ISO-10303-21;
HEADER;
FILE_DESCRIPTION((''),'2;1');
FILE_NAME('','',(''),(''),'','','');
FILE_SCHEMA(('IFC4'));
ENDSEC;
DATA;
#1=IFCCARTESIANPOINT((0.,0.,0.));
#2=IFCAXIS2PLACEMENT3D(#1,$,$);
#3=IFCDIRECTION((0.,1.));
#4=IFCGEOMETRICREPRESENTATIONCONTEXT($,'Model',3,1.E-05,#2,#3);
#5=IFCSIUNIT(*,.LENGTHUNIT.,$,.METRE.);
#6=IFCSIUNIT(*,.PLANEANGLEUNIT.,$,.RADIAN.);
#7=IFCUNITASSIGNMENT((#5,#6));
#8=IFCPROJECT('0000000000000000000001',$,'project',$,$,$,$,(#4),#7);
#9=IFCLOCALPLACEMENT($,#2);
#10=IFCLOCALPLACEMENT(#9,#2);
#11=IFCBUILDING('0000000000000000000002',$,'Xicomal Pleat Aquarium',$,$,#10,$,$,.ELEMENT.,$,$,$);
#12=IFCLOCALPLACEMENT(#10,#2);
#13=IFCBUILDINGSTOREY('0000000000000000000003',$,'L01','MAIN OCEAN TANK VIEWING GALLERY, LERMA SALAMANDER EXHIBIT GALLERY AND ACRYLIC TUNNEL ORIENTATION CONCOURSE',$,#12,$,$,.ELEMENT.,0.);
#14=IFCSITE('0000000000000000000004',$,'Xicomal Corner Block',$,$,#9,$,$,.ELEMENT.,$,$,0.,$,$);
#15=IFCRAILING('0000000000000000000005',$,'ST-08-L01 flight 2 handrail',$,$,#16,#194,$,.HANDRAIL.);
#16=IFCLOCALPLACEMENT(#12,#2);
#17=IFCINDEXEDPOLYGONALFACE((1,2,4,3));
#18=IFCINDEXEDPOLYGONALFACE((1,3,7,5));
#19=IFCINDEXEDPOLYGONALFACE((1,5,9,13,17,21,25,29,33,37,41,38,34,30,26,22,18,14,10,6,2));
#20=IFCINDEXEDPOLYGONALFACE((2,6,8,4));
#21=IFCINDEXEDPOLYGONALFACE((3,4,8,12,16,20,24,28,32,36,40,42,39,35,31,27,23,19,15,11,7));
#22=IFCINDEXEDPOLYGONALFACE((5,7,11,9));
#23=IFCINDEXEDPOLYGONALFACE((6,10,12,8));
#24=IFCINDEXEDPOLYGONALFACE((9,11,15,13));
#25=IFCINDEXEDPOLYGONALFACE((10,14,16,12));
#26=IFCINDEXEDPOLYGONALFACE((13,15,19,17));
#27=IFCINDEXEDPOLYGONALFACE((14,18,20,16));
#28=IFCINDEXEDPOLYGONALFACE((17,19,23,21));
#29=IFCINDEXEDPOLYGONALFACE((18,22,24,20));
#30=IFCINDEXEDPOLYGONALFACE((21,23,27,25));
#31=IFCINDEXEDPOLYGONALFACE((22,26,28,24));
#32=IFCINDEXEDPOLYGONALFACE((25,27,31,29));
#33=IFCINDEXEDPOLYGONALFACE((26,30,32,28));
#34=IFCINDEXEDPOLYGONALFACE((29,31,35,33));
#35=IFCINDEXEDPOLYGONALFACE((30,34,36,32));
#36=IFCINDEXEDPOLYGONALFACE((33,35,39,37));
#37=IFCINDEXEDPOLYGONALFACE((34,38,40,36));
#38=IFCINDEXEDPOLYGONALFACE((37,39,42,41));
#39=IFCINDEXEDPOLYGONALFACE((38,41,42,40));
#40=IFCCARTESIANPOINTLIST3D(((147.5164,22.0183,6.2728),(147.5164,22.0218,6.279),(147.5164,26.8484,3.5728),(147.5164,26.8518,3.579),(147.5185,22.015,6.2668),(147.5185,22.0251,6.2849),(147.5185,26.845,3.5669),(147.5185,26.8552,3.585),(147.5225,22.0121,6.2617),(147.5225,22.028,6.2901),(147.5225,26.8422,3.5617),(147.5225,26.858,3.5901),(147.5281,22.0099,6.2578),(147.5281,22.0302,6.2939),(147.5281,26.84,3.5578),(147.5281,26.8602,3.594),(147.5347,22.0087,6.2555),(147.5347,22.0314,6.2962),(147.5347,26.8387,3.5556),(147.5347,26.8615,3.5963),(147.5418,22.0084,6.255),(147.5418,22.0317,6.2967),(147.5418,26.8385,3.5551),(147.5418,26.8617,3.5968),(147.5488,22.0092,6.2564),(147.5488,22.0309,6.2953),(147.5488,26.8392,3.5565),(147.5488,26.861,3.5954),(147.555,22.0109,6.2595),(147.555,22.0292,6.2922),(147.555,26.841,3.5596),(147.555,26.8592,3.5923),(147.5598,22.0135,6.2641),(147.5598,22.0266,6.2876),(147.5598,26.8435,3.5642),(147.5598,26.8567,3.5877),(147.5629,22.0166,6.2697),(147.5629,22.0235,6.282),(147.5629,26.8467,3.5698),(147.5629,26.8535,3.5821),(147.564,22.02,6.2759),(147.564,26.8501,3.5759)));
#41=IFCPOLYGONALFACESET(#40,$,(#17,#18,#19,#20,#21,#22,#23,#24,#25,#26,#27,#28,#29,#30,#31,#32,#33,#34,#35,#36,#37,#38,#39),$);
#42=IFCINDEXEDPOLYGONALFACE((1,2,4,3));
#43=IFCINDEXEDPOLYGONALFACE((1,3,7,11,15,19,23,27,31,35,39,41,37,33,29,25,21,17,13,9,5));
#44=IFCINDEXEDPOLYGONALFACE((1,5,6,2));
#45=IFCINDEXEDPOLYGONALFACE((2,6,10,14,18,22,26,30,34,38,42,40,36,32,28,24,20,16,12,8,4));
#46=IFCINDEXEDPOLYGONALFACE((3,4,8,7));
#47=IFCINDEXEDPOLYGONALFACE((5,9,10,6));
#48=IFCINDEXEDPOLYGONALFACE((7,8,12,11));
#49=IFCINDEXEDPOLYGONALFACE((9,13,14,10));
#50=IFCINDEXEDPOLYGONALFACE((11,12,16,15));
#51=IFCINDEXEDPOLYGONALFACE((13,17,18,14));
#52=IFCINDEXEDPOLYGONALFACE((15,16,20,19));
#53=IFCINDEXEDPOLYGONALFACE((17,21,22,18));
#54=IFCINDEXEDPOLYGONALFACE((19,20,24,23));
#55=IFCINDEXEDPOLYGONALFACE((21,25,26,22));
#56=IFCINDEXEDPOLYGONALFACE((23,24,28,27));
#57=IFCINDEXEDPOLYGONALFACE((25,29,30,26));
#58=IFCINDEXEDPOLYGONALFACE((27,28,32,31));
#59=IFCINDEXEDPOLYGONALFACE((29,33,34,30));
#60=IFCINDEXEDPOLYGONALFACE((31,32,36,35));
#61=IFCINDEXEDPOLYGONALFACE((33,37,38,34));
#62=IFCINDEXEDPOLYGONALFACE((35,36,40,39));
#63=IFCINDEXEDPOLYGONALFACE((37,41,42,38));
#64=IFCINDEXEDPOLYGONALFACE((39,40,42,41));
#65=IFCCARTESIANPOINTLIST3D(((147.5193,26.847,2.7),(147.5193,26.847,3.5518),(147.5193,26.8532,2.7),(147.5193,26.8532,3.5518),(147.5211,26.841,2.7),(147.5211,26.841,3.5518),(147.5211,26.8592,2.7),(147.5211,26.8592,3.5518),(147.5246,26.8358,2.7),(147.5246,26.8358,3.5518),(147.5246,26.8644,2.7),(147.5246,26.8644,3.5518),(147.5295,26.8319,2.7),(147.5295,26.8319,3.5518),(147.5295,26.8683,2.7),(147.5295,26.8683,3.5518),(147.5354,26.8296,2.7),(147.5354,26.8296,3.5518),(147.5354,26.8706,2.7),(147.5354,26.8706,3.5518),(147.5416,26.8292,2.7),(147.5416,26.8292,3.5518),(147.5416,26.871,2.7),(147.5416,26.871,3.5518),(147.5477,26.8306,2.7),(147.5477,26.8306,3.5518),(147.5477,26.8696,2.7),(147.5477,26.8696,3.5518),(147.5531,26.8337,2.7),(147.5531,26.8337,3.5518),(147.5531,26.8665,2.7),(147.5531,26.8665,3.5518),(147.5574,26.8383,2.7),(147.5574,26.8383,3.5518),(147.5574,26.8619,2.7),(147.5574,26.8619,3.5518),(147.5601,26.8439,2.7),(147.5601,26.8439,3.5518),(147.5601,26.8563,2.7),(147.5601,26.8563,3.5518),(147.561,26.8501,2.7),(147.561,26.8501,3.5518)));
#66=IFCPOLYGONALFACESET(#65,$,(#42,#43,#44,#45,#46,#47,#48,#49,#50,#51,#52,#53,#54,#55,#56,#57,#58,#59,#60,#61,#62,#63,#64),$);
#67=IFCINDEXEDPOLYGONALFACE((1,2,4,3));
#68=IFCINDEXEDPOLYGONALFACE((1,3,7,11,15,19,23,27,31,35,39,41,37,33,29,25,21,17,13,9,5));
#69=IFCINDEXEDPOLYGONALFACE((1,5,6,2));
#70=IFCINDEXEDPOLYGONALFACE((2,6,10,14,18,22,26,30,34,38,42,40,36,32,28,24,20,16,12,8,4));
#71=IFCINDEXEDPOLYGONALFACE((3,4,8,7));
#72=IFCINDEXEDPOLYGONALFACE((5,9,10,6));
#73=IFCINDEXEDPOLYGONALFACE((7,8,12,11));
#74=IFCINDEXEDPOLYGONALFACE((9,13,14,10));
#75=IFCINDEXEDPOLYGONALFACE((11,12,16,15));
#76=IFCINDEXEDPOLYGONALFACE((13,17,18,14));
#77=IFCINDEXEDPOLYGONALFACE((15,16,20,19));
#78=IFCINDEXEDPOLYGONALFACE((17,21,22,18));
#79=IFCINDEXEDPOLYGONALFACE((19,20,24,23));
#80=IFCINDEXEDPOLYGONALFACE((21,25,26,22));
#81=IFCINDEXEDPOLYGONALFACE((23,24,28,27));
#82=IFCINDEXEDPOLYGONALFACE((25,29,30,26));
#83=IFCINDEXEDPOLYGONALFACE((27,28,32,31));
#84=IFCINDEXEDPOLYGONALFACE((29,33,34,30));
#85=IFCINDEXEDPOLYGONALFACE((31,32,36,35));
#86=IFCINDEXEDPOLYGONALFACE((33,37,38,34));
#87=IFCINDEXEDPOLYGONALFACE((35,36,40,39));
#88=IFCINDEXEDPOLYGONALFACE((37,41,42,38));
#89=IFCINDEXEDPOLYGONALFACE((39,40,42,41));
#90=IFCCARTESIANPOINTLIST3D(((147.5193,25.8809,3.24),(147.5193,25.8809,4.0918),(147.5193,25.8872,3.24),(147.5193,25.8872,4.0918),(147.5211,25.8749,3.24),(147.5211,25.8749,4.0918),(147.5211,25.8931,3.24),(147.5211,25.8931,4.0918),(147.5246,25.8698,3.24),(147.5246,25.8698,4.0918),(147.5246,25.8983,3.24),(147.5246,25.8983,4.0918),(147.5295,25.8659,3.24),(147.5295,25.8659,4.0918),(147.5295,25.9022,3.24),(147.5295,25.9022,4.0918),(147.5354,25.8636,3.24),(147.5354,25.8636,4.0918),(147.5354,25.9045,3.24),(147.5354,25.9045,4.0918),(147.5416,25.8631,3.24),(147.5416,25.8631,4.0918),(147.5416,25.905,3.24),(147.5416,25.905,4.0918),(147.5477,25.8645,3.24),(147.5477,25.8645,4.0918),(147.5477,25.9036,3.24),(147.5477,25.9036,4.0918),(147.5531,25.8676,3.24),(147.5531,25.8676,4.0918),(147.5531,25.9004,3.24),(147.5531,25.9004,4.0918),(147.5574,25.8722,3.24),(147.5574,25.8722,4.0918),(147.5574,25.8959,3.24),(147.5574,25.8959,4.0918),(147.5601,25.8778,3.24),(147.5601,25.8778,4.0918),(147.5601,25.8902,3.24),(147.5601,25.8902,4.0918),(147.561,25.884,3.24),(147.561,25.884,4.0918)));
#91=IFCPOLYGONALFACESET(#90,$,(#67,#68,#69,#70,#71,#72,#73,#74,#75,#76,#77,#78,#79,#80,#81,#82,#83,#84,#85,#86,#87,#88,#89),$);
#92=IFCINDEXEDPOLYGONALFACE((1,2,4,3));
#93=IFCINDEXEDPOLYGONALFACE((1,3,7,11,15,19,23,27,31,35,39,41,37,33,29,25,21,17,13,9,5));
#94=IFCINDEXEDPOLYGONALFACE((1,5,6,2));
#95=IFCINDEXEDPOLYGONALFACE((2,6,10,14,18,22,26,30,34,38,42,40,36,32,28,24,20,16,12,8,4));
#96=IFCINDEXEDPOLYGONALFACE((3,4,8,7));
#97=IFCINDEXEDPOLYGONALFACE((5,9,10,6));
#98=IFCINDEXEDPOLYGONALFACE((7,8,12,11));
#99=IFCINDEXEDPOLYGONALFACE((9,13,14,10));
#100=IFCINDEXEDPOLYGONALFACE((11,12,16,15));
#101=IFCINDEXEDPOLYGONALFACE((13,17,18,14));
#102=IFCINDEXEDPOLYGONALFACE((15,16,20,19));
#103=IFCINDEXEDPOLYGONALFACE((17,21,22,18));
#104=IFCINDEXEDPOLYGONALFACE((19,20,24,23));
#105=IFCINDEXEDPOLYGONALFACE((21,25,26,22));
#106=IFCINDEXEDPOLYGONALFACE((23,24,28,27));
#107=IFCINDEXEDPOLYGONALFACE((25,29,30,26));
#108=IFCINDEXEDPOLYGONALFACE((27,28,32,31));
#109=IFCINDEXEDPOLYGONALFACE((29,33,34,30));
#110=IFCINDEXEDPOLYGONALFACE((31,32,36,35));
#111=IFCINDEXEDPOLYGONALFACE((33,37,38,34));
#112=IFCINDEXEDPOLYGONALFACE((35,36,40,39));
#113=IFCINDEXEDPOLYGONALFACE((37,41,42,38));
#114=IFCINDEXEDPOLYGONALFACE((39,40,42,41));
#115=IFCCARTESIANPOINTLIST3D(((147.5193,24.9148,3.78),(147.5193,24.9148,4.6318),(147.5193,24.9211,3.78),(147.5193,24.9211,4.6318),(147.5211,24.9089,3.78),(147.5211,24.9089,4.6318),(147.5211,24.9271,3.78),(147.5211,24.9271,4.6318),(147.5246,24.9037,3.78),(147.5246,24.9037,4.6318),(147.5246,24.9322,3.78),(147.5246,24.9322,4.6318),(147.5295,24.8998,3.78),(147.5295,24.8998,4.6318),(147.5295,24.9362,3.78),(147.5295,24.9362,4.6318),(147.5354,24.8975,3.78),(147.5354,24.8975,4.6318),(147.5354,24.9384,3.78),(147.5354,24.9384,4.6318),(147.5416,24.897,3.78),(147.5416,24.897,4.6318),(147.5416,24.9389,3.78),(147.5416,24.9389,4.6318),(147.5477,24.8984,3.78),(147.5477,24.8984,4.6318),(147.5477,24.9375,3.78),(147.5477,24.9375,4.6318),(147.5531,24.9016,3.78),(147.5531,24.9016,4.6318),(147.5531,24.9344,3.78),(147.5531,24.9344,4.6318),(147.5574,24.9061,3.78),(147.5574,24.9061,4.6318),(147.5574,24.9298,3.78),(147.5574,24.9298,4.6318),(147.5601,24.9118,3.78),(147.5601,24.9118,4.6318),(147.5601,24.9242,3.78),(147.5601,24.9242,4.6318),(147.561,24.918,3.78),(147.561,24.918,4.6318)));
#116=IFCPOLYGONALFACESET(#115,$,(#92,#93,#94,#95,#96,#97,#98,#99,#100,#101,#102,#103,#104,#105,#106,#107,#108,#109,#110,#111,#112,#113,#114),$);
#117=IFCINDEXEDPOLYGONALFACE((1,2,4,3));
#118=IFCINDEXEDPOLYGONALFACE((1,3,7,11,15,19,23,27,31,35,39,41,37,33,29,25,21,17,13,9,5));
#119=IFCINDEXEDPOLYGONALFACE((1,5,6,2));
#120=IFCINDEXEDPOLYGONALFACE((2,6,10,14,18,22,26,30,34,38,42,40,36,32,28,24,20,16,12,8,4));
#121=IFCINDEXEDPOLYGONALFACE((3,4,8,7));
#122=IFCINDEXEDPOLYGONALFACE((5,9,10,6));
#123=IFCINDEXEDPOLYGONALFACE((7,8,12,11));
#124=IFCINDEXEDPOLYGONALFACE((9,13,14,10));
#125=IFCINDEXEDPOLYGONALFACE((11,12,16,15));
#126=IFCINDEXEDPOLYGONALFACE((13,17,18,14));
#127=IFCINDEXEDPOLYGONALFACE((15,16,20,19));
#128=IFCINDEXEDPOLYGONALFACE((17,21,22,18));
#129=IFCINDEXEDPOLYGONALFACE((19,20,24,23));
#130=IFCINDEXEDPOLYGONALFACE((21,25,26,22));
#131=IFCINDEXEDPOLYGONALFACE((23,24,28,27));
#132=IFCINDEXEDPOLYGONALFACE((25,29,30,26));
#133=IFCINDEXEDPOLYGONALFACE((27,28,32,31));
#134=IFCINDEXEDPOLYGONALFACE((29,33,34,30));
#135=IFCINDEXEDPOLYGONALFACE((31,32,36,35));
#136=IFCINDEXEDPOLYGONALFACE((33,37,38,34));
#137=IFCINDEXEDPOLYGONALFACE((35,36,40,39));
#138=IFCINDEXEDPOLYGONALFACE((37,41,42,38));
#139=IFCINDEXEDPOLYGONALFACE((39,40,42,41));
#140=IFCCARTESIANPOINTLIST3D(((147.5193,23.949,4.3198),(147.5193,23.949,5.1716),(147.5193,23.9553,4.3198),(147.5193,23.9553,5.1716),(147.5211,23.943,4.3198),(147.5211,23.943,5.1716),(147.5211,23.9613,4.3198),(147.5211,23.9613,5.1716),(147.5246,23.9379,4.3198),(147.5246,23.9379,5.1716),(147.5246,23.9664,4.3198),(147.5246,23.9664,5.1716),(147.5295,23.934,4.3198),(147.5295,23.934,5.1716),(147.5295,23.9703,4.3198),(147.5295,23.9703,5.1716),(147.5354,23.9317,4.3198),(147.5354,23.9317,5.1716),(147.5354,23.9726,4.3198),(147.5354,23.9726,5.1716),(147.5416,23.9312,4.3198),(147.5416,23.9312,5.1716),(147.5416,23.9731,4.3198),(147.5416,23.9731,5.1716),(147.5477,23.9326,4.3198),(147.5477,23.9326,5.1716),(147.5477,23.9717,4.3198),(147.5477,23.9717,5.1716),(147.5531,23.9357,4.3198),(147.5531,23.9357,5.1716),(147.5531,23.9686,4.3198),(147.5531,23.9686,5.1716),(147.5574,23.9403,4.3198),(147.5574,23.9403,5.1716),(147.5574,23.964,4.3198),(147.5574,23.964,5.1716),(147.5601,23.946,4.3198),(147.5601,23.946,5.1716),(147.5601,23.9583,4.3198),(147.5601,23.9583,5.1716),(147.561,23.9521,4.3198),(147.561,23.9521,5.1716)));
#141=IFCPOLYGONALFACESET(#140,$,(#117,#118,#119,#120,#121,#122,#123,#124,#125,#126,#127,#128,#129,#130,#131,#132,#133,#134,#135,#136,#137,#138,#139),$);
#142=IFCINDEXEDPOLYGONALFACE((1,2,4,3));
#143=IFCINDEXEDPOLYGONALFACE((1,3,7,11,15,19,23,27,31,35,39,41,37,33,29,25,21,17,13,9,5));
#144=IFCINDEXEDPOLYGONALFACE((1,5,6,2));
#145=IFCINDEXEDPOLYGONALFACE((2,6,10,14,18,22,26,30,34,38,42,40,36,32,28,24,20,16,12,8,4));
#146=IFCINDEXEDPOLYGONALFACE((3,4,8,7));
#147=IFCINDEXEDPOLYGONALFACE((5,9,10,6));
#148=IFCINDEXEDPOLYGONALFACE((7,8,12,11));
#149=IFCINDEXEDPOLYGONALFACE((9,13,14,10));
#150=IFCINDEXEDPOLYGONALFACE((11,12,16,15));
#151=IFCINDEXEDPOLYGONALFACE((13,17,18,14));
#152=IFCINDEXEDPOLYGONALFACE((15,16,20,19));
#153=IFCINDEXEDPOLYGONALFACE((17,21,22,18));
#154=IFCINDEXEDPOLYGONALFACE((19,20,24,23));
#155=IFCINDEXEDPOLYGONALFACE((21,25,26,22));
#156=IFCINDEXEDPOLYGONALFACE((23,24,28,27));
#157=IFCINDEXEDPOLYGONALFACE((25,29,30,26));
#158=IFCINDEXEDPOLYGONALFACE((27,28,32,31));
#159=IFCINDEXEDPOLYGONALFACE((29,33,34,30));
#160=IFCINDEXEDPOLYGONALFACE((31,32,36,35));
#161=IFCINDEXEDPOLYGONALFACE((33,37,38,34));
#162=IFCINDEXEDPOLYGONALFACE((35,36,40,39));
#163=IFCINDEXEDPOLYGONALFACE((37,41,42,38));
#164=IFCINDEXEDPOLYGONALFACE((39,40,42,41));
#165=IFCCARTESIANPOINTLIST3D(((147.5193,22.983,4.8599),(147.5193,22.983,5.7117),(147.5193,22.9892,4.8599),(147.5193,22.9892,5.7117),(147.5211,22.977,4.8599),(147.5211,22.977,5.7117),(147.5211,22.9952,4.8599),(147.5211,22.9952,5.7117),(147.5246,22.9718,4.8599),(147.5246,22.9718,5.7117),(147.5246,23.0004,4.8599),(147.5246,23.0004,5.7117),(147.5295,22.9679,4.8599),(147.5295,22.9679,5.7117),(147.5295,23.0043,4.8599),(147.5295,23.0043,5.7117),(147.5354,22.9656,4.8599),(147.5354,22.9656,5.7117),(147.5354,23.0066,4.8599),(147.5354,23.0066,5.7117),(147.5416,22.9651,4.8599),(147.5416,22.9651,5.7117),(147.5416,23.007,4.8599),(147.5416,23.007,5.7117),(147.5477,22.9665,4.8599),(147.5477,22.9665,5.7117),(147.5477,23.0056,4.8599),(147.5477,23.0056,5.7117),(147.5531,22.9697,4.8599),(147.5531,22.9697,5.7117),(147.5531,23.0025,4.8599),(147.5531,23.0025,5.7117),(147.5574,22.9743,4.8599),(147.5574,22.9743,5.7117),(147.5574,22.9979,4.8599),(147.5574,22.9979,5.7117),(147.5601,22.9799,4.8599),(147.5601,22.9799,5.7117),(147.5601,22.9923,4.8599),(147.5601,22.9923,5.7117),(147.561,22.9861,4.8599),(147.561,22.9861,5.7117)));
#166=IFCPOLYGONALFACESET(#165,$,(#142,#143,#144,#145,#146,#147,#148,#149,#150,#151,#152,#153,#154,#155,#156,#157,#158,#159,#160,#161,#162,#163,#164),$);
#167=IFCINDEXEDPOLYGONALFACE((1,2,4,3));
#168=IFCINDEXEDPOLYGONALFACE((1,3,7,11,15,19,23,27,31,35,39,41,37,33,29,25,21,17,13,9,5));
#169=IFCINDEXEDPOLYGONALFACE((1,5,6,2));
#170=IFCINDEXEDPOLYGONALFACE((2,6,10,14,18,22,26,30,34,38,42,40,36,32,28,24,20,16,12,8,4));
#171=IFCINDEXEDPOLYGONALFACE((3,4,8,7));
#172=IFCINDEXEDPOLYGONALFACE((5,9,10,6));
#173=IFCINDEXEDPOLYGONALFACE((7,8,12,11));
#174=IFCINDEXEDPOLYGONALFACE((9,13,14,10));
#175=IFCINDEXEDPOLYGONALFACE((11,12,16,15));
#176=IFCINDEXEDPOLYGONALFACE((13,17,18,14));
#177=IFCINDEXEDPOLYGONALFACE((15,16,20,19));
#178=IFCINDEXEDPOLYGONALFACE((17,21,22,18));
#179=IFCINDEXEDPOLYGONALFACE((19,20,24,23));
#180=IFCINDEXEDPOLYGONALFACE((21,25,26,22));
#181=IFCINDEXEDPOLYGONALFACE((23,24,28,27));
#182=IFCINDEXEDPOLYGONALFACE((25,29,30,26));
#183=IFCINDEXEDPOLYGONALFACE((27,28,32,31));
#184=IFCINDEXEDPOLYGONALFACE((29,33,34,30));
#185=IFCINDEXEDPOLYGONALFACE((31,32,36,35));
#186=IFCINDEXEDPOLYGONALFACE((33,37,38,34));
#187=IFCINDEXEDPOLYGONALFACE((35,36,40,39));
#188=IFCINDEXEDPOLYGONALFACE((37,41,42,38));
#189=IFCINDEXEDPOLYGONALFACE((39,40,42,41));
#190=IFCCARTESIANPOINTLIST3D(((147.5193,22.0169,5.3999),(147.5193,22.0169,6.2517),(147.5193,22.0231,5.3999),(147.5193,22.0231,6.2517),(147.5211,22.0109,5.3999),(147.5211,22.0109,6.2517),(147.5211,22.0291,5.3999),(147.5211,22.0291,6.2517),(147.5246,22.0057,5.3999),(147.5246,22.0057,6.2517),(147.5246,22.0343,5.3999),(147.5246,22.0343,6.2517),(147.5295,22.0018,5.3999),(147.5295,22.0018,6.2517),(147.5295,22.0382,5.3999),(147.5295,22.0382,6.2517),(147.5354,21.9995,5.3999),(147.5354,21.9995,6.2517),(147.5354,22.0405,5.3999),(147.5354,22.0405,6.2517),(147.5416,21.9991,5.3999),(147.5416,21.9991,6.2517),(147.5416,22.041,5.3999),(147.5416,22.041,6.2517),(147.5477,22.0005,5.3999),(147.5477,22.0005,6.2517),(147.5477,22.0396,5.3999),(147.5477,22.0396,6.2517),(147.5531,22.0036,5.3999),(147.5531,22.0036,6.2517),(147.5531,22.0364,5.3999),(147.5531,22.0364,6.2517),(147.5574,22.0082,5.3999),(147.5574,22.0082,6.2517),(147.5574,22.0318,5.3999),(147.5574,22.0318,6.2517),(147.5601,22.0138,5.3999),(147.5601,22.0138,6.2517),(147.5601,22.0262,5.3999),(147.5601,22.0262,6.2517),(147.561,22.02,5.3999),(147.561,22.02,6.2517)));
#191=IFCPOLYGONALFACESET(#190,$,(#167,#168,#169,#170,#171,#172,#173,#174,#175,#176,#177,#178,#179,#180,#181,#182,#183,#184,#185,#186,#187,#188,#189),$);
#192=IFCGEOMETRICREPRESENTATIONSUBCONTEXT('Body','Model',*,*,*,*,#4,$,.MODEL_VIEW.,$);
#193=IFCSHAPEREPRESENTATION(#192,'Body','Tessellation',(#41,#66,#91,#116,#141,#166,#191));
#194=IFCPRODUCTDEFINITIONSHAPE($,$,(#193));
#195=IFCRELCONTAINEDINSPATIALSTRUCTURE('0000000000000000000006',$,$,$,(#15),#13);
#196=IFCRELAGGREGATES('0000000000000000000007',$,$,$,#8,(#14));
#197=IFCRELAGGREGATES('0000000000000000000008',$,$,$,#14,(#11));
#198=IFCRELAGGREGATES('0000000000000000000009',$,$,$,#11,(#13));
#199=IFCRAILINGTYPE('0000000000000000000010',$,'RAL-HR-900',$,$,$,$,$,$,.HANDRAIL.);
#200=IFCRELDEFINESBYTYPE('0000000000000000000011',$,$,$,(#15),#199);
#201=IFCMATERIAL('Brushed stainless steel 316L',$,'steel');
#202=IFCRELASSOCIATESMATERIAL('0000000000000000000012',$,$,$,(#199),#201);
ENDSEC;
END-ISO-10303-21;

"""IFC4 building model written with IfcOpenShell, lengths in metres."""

from ifc_helpers import new_model, si_unit, direction, frame, origin, origin_2d, place, context, subcontext, project, spatial, circle, extrude, material, type_object, element, save


model = new_model("IFC4")

# Units and contexts
model_context = context("Model", 3, precision=1e-05, world=origin(), true_north=direction((0.0, 1.0)))
body_context = subcontext(model_context, "Body", "Model", "MODEL_VIEW")
ifc_project = project(units=[si_unit("LENGTHUNIT", "METRE"), si_unit("PLANEANGLEUNIT", "RADIAN")], contexts=[model_context])

# Site, building, storey
site_placement = place(None, origin())
site = spatial("IfcSite", under=ifc_project, at=site_placement, Name="Xicomal Corner Block", CompositionType="ELEMENT", RefElevation=0.0)
building_placement = place(site_placement, origin())
building = spatial("IfcBuilding", under=site, at=building_placement, Name="Xicomal Pleat Aquarium", CompositionType="ELEMENT")
storey_placement = place(building_placement, origin())
storey = spatial("IfcBuildingStorey", under=building, at=storey_placement, Name="L01", Description="MAIN OCEAN TANK VIEWING GALLERY, LERMA SALAMANDER EXHIBIT GALLERY AND ACRYLIC TUNNEL ORIENTATION CONCOURSE", CompositionType="ELEMENT", Elevation=0.0)

# Railing
ifc_material_1 = material(Name="Brushed stainless steel 316L", Category="steel")
railing_type = type_object("IfcRailingType", Name="RAL-HR-900", PredefinedType="HANDRAIL", material=ifc_material_1)
railing_placement = place(storey_placement, frame((147.54, 26.8501, 2.7)))
element("IfcRailing", 1, at=railing_placement, inside=storey, type_object=railing_type, Name="ST-08-L01 flight 2 handrail", PredefinedType="HANDRAIL", context=body_context, shape_type="SweptSolid", body=[
    extrude(circle(Radius=0.0239, at=origin_2d()), frame((0.0, 0.0, 0.876), z_axis=(0.0, -0.872883, 0.48793), x_axis=(1.0, 0.0, 0.0)), (0.0, 0.0, 1.0), 5.5334),
    extrude(circle(Radius=0.021, at=origin_2d()), origin(), (0.0, 0.0, 1.0), 0.8518),
    extrude(circle(Radius=0.021, at=origin_2d()), frame((0.0, -0.9661, 0.54)), (0.0, 0.0, 1.0), 0.8518),
    extrude(circle(Radius=0.021, at=origin_2d()), frame((0.0, -1.9321, 1.0801)), (0.0, 0.0, 1.0), 0.8518),
    extrude(circle(Radius=0.021, at=origin_2d()), frame((0.0, -2.8979, 1.6199)), (0.0, 0.0, 1.0), 0.8518),
    extrude(circle(Radius=0.021, at=origin_2d()), frame((0.0, -3.864, 2.1599)), (0.0, 0.0, 1.0), 0.8518),
    extrude(circle(Radius=0.021, at=origin_2d()), frame((0.0, -4.8301, 2.7)), (0.0, 0.0, 1.0), 0.8518),
])

save(model, "model.ifc")
